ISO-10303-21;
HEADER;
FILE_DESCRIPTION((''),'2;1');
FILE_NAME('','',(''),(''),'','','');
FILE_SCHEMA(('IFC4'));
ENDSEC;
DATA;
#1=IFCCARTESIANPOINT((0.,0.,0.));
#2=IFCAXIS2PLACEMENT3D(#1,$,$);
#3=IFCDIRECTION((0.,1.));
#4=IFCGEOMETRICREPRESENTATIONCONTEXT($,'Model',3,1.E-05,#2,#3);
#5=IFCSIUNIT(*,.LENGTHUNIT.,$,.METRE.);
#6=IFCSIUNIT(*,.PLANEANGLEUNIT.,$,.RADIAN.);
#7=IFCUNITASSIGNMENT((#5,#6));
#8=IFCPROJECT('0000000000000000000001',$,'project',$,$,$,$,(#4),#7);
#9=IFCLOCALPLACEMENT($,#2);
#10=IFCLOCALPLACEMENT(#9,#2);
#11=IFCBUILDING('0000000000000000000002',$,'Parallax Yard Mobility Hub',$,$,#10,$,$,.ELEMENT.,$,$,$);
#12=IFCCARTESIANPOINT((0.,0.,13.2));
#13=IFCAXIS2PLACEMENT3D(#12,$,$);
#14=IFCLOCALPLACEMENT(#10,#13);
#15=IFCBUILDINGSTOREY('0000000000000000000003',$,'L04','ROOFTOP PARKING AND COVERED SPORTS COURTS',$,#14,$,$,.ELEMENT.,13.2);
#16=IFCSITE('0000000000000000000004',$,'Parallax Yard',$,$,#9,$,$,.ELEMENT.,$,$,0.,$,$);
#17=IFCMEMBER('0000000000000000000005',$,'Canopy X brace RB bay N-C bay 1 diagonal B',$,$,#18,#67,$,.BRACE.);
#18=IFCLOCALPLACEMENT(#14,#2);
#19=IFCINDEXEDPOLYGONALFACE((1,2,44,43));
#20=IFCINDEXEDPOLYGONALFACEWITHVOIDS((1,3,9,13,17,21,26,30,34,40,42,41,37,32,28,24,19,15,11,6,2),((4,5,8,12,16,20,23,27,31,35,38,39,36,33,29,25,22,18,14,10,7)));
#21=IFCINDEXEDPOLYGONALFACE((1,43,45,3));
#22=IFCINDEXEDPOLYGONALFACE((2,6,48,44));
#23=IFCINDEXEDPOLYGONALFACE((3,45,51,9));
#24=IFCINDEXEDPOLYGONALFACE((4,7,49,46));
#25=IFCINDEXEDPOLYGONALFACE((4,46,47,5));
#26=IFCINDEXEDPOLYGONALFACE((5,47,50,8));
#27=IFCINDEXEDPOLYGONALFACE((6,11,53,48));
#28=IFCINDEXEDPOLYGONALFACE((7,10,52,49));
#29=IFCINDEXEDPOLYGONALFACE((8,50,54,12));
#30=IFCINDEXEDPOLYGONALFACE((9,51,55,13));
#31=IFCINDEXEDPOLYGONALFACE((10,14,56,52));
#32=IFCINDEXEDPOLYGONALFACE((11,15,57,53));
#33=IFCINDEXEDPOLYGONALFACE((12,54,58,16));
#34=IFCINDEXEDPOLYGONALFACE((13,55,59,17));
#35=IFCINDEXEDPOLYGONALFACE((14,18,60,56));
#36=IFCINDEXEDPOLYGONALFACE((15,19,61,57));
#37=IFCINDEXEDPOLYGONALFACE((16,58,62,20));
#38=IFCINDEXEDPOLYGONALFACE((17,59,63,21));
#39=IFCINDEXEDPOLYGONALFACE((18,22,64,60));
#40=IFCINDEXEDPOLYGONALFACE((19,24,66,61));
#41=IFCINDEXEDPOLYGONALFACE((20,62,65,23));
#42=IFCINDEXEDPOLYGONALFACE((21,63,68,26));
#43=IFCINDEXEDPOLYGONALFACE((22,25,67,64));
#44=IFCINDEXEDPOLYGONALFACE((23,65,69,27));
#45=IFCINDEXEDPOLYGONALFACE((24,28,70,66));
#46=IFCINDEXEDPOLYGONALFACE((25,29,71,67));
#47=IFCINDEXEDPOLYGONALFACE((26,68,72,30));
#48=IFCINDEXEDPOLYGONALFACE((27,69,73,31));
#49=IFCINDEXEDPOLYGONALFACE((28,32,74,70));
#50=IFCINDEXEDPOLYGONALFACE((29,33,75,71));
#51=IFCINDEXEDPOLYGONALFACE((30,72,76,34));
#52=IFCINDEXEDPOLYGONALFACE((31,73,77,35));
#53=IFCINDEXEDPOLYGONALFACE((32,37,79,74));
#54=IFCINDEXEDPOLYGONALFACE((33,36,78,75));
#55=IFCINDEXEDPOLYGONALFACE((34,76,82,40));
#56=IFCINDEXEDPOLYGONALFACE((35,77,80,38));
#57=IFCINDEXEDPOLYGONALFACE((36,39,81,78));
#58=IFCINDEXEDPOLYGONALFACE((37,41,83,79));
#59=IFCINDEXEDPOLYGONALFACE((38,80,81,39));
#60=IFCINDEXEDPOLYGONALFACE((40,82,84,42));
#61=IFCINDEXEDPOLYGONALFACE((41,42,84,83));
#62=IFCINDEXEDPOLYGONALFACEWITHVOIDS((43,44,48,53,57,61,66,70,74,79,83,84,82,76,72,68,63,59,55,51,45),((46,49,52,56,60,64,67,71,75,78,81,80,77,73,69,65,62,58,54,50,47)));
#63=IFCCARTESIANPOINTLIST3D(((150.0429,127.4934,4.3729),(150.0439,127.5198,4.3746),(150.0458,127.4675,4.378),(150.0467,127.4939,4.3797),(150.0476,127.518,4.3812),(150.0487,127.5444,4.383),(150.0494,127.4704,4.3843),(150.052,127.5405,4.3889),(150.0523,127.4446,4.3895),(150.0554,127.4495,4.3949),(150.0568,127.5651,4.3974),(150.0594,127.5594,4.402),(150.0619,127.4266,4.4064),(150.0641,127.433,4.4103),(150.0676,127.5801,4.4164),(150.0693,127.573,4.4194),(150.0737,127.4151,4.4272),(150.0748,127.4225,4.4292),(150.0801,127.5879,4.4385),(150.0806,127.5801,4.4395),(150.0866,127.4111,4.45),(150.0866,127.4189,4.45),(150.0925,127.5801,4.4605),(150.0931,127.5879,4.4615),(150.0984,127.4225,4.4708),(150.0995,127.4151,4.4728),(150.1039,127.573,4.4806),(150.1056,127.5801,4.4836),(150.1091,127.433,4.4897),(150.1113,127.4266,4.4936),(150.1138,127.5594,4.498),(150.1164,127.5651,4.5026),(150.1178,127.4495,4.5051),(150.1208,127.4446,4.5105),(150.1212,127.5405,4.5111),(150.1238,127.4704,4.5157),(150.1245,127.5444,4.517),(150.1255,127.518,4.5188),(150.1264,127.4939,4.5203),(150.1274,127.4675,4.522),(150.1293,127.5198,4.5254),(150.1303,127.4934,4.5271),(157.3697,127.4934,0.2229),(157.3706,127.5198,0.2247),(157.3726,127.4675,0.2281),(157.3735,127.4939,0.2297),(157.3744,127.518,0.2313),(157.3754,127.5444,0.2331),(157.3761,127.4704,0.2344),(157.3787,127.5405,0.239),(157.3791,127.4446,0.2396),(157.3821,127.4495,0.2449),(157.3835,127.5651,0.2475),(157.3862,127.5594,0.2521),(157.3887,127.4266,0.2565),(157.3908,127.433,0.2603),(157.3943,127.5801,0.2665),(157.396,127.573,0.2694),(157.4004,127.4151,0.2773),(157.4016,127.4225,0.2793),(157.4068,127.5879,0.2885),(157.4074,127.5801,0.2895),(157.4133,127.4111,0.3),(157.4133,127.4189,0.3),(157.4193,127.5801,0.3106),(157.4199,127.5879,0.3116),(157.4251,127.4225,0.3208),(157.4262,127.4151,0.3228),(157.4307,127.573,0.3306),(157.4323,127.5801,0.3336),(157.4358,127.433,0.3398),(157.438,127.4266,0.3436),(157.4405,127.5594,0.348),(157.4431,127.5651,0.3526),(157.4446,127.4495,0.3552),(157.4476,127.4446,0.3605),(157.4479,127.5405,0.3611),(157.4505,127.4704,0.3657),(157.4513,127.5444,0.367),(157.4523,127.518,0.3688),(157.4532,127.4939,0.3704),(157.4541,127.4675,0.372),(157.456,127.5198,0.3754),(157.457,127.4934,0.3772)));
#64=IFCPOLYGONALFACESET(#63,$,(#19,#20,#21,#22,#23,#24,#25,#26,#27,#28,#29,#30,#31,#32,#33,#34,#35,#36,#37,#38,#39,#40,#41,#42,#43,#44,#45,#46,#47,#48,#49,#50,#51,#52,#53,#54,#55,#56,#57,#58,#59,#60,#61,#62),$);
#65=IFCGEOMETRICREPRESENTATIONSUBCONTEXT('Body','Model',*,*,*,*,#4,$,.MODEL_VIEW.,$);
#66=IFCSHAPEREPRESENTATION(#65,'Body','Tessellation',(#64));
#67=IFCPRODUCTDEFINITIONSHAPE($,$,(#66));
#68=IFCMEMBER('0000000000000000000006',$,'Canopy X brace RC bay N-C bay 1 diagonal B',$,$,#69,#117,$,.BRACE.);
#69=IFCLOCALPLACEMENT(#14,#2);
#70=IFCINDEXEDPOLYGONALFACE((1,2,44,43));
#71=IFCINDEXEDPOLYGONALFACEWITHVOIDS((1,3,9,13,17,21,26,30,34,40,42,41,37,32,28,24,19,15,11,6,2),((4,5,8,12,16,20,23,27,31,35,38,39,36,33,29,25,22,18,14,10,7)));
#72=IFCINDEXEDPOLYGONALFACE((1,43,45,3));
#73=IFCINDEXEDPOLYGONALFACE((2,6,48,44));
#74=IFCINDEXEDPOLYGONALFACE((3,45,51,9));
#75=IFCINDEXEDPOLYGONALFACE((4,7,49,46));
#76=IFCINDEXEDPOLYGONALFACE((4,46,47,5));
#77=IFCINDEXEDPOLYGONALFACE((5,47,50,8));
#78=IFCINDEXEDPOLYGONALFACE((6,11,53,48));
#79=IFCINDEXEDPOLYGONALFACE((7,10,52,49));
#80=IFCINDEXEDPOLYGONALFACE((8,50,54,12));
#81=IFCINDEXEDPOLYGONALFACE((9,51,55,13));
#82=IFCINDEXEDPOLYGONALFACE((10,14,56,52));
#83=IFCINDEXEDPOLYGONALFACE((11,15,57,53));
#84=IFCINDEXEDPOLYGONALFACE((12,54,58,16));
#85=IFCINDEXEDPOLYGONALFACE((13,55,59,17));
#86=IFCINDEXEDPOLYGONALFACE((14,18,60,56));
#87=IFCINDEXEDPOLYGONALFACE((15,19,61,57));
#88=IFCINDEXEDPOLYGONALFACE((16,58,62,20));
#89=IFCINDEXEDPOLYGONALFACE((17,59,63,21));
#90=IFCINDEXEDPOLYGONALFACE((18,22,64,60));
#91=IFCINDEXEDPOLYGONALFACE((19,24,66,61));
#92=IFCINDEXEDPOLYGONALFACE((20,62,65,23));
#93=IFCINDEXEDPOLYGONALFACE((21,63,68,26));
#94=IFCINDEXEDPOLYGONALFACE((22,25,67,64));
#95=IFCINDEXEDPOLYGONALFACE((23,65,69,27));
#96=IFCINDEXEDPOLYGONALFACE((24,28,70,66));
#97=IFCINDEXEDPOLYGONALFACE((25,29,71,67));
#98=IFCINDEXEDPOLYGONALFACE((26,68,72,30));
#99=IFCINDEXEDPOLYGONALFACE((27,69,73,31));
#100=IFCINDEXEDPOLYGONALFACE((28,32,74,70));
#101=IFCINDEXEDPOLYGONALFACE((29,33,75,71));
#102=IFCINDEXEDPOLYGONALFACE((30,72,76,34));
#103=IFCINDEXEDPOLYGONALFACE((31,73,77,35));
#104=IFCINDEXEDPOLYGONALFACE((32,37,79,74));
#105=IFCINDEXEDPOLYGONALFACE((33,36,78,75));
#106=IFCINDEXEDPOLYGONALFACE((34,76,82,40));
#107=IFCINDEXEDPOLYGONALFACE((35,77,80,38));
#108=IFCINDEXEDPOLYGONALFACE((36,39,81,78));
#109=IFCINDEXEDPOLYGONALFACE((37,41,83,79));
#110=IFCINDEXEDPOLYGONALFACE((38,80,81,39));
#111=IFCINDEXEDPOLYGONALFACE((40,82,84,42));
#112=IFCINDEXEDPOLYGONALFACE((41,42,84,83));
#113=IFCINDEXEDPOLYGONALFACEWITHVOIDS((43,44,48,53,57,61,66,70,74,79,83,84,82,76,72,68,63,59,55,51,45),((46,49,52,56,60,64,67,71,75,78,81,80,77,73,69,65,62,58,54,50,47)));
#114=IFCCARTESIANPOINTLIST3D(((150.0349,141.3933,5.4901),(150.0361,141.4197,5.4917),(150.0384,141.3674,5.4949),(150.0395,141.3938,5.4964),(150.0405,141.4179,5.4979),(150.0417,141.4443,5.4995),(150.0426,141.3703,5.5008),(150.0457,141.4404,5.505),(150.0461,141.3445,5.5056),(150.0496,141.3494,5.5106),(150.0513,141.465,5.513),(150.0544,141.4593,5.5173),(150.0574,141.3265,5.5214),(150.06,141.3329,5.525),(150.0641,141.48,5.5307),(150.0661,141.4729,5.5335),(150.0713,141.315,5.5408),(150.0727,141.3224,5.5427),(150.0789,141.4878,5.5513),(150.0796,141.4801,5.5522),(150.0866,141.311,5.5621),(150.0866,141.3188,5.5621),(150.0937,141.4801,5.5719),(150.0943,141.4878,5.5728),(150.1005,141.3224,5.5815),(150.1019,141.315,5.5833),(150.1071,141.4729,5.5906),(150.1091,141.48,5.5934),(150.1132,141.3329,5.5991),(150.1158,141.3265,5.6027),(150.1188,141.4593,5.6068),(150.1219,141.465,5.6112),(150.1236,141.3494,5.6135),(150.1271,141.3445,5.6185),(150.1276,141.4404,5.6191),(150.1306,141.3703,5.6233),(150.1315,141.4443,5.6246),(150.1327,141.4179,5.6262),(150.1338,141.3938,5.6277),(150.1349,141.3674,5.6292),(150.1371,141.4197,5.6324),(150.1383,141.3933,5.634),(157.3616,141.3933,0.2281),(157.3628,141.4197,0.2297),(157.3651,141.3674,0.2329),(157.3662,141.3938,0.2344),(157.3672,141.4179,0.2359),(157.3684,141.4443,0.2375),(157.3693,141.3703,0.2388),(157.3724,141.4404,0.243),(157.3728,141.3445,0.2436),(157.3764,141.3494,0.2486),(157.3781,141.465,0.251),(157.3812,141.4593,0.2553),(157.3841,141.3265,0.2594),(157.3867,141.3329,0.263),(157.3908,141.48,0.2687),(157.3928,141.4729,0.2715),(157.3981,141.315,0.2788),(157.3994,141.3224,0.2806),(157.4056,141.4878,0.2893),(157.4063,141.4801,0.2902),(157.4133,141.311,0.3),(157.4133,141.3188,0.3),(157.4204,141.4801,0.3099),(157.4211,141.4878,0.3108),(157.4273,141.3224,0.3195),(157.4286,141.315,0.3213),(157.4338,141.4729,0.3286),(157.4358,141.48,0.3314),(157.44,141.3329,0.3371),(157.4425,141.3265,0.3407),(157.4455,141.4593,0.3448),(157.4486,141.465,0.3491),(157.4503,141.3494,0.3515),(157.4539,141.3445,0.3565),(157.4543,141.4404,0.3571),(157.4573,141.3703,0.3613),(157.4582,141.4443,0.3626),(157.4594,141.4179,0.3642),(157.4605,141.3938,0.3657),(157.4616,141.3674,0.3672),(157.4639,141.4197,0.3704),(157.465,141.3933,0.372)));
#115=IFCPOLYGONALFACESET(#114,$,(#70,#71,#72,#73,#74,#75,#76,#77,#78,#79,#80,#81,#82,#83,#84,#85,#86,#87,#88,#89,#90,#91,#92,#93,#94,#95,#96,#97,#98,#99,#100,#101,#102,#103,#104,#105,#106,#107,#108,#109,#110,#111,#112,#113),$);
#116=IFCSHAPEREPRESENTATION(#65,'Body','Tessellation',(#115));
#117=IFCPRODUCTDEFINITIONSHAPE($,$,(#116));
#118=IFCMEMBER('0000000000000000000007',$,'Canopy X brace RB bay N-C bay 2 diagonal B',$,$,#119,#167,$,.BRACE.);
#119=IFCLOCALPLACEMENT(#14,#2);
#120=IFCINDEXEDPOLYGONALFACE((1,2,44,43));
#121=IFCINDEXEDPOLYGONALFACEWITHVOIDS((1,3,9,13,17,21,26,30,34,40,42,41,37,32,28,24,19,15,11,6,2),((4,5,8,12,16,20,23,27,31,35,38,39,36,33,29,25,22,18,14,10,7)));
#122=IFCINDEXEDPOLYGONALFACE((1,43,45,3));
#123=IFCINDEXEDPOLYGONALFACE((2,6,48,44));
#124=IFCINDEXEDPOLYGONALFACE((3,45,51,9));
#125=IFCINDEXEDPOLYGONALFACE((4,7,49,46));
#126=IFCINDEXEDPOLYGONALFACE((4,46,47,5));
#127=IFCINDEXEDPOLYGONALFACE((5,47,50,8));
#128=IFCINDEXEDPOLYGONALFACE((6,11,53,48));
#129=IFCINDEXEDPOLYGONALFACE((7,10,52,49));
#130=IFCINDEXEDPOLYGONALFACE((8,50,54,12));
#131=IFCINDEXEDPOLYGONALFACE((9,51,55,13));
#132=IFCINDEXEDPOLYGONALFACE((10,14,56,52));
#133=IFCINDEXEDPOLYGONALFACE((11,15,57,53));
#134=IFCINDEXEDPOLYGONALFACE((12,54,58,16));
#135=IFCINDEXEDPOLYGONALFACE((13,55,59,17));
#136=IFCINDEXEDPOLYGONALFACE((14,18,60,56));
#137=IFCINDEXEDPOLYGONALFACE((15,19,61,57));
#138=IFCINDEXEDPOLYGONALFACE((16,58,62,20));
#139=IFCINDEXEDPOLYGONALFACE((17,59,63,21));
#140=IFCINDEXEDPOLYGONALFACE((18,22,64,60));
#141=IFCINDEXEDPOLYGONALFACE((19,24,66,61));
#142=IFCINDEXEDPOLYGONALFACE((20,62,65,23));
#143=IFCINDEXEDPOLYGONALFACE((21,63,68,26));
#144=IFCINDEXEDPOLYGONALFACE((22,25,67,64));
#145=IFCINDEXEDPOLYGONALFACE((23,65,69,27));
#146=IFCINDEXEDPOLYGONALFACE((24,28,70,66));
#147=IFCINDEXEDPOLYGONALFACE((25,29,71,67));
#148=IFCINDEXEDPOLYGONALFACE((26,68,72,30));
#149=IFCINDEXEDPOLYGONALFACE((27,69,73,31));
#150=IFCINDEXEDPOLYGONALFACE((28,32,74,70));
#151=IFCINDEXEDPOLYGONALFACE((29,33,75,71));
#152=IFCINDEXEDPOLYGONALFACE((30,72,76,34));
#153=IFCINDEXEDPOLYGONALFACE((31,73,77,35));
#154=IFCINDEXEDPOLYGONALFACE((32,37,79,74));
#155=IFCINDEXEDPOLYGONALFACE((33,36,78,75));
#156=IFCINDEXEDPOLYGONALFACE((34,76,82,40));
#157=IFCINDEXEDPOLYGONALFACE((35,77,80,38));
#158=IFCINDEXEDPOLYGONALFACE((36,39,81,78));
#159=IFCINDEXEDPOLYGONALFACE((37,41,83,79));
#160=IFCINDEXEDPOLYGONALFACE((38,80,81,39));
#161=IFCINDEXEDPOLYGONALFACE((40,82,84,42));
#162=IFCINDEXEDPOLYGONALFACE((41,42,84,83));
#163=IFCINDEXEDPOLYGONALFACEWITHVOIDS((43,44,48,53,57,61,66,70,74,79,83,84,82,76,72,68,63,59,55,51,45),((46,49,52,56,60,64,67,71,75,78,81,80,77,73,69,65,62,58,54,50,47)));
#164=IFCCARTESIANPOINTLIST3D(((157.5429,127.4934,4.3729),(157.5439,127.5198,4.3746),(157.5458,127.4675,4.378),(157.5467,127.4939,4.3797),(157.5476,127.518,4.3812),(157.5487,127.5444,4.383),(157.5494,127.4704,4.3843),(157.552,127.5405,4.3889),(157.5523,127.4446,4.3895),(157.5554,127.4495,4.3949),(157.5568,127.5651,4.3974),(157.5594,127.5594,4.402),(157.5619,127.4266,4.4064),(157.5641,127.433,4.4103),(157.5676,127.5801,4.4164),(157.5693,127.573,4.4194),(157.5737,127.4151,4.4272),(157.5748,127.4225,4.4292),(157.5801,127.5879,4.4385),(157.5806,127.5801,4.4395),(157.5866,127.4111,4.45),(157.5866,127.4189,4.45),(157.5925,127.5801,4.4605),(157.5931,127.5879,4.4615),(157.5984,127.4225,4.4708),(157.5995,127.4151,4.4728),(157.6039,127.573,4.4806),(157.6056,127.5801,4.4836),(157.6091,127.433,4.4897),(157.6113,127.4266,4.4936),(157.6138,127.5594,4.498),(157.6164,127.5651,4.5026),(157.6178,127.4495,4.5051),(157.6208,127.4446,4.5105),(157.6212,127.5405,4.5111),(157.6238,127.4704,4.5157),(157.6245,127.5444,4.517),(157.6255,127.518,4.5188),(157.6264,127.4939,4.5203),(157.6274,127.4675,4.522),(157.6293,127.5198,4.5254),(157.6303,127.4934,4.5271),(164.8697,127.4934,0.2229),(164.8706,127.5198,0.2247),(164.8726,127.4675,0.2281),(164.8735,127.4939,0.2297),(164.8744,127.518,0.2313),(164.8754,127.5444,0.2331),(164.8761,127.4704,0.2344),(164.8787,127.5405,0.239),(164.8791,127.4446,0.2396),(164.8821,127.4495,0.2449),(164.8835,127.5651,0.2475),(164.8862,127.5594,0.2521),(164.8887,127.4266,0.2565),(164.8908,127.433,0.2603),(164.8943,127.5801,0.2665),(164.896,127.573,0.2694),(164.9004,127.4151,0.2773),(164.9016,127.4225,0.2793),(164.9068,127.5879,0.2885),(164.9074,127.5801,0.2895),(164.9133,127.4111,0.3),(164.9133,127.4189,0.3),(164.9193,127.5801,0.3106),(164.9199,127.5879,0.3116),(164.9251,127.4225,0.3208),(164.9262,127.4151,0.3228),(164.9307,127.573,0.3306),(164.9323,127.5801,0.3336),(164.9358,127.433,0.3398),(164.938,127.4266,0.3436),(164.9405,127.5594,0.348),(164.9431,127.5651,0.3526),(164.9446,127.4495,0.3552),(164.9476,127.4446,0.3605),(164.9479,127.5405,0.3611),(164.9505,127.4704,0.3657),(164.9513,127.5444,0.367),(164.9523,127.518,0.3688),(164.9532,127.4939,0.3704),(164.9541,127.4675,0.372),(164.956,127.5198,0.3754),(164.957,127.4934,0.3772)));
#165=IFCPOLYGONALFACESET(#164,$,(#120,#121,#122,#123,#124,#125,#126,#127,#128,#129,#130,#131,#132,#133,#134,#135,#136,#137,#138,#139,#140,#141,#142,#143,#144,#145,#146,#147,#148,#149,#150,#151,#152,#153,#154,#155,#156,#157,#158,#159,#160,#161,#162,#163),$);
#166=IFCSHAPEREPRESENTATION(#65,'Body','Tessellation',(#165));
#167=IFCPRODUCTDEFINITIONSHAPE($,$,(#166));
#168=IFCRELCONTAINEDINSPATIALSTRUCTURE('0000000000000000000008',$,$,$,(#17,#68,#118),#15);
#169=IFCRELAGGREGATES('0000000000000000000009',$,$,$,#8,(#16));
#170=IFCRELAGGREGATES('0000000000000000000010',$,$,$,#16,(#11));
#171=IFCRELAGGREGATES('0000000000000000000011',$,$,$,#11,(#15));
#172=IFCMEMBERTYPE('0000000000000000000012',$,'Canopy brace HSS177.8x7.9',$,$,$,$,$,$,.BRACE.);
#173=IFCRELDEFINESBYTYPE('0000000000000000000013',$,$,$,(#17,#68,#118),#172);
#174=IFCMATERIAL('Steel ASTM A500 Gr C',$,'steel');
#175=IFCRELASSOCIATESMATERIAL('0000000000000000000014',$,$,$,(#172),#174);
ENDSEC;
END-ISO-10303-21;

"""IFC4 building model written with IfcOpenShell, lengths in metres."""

from ifc_helpers import new_model, si_unit, direction, frame, origin, origin_2d, place, context, subcontext, project, spatial, hollow_circle, extrude, material, material_profile, profile_set, type_object, element, save


model = new_model("IFC4")

# Units and contexts
model_context = context("Model", 3, precision=1e-05, world=origin(), true_north=direction((0.0, 1.0)))
body_context = subcontext(model_context, "Body", "Model", "MODEL_VIEW")
ifc_project = project(units=[si_unit("LENGTHUNIT", "METRE"), si_unit("PLANEANGLEUNIT", "RADIAN")], contexts=[model_context])

# Site, building, storey
site_placement = place(None, origin())
site = spatial("IfcSite", under=ifc_project, at=site_placement, Name="Parallax Yard", CompositionType="ELEMENT", RefElevation=0.0)
building_placement = place(site_placement, origin())
building = spatial("IfcBuilding", under=site, at=building_placement, Name="Parallax Yard Mobility Hub", CompositionType="ELEMENT")
storey_placement = place(building_placement, frame((0.0, 0.0, 13.2)))
storey = spatial("IfcBuildingStorey", under=building, at=storey_placement, Name="L04", Description="ROOFTOP PARKING AND COVERED SPORTS COURTS", CompositionType="ELEMENT", Elevation=13.2)

# Members
ifc_material_1 = material(Name="Steel ASTM A500 Gr C", Category="steel")
ifc_material_profile_1 = material_profile(ifc_material_1, hollow_circle(Radius=0.0889, WallThickness=0.0078, at=origin_2d()), Name="HSS177.8x7.9")
ifc_profile_set_1 = profile_set([ifc_material_profile_1], Name="Steel ASTM A500 Gr C")
member_type_1 = type_object("IfcMemberType", Name="Canopy brace HSS177.8x7.9", PredefinedType="BRACE", material=ifc_profile_set_1)
member_1_placement = place(storey_placement, frame((157.4133, 127.5, 0.3), z_axis=(-0.870118, 0.0, 0.492844), x_axis=(0.0, -1.0, 0.0)))
element("IfcMember", 1, at=member_1_placement, inside=storey, type_object=member_type_1, Name="Canopy X brace RB bay N-C bay 1 diagonal B", PredefinedType="BRACE", context=body_context, shape_type="SweptSolid", body=[
    extrude(hollow_circle(Radius=0.0889, WallThickness=0.0078, at=origin_2d()), origin(), (0.0, 0.0, 1.0), 8.4204),
])
member_2_placement = place(storey_placement, frame((157.4133, 141.3999, 0.3), z_axis=(-0.812229, 0.0, 0.583338), x_axis=(0.0, -1.0, 0.0)))
element("IfcMember", 2, at=member_2_placement, inside=storey, type_object=member_type_1, Name="Canopy X brace RC bay N-C bay 1 diagonal B", PredefinedType="BRACE", context=body_context, shape_type="SweptSolid", body=[
    extrude(hollow_circle(Radius=0.0889, WallThickness=0.0078, at=origin_2d()), origin(), (0.0, 0.0, 1.0), 9.0205),
])
member_3_placement = place(storey_placement, frame((164.9133, 127.5, 0.3), z_axis=(-0.870118, 0.0, 0.492844), x_axis=(0.0, -1.0, 0.0)))
element("IfcMember", 3, at=member_3_placement, inside=storey, type_object=member_type_1, Name="Canopy X brace RB bay N-C bay 2 diagonal B", PredefinedType="BRACE", context=body_context, shape_type="SweptSolid", body=[
    extrude(hollow_circle(Radius=0.0889, WallThickness=0.0078, at=origin_2d()), origin(), (0.0, 0.0, 1.0), 8.4204),
])

save(model, "model.ifc")
